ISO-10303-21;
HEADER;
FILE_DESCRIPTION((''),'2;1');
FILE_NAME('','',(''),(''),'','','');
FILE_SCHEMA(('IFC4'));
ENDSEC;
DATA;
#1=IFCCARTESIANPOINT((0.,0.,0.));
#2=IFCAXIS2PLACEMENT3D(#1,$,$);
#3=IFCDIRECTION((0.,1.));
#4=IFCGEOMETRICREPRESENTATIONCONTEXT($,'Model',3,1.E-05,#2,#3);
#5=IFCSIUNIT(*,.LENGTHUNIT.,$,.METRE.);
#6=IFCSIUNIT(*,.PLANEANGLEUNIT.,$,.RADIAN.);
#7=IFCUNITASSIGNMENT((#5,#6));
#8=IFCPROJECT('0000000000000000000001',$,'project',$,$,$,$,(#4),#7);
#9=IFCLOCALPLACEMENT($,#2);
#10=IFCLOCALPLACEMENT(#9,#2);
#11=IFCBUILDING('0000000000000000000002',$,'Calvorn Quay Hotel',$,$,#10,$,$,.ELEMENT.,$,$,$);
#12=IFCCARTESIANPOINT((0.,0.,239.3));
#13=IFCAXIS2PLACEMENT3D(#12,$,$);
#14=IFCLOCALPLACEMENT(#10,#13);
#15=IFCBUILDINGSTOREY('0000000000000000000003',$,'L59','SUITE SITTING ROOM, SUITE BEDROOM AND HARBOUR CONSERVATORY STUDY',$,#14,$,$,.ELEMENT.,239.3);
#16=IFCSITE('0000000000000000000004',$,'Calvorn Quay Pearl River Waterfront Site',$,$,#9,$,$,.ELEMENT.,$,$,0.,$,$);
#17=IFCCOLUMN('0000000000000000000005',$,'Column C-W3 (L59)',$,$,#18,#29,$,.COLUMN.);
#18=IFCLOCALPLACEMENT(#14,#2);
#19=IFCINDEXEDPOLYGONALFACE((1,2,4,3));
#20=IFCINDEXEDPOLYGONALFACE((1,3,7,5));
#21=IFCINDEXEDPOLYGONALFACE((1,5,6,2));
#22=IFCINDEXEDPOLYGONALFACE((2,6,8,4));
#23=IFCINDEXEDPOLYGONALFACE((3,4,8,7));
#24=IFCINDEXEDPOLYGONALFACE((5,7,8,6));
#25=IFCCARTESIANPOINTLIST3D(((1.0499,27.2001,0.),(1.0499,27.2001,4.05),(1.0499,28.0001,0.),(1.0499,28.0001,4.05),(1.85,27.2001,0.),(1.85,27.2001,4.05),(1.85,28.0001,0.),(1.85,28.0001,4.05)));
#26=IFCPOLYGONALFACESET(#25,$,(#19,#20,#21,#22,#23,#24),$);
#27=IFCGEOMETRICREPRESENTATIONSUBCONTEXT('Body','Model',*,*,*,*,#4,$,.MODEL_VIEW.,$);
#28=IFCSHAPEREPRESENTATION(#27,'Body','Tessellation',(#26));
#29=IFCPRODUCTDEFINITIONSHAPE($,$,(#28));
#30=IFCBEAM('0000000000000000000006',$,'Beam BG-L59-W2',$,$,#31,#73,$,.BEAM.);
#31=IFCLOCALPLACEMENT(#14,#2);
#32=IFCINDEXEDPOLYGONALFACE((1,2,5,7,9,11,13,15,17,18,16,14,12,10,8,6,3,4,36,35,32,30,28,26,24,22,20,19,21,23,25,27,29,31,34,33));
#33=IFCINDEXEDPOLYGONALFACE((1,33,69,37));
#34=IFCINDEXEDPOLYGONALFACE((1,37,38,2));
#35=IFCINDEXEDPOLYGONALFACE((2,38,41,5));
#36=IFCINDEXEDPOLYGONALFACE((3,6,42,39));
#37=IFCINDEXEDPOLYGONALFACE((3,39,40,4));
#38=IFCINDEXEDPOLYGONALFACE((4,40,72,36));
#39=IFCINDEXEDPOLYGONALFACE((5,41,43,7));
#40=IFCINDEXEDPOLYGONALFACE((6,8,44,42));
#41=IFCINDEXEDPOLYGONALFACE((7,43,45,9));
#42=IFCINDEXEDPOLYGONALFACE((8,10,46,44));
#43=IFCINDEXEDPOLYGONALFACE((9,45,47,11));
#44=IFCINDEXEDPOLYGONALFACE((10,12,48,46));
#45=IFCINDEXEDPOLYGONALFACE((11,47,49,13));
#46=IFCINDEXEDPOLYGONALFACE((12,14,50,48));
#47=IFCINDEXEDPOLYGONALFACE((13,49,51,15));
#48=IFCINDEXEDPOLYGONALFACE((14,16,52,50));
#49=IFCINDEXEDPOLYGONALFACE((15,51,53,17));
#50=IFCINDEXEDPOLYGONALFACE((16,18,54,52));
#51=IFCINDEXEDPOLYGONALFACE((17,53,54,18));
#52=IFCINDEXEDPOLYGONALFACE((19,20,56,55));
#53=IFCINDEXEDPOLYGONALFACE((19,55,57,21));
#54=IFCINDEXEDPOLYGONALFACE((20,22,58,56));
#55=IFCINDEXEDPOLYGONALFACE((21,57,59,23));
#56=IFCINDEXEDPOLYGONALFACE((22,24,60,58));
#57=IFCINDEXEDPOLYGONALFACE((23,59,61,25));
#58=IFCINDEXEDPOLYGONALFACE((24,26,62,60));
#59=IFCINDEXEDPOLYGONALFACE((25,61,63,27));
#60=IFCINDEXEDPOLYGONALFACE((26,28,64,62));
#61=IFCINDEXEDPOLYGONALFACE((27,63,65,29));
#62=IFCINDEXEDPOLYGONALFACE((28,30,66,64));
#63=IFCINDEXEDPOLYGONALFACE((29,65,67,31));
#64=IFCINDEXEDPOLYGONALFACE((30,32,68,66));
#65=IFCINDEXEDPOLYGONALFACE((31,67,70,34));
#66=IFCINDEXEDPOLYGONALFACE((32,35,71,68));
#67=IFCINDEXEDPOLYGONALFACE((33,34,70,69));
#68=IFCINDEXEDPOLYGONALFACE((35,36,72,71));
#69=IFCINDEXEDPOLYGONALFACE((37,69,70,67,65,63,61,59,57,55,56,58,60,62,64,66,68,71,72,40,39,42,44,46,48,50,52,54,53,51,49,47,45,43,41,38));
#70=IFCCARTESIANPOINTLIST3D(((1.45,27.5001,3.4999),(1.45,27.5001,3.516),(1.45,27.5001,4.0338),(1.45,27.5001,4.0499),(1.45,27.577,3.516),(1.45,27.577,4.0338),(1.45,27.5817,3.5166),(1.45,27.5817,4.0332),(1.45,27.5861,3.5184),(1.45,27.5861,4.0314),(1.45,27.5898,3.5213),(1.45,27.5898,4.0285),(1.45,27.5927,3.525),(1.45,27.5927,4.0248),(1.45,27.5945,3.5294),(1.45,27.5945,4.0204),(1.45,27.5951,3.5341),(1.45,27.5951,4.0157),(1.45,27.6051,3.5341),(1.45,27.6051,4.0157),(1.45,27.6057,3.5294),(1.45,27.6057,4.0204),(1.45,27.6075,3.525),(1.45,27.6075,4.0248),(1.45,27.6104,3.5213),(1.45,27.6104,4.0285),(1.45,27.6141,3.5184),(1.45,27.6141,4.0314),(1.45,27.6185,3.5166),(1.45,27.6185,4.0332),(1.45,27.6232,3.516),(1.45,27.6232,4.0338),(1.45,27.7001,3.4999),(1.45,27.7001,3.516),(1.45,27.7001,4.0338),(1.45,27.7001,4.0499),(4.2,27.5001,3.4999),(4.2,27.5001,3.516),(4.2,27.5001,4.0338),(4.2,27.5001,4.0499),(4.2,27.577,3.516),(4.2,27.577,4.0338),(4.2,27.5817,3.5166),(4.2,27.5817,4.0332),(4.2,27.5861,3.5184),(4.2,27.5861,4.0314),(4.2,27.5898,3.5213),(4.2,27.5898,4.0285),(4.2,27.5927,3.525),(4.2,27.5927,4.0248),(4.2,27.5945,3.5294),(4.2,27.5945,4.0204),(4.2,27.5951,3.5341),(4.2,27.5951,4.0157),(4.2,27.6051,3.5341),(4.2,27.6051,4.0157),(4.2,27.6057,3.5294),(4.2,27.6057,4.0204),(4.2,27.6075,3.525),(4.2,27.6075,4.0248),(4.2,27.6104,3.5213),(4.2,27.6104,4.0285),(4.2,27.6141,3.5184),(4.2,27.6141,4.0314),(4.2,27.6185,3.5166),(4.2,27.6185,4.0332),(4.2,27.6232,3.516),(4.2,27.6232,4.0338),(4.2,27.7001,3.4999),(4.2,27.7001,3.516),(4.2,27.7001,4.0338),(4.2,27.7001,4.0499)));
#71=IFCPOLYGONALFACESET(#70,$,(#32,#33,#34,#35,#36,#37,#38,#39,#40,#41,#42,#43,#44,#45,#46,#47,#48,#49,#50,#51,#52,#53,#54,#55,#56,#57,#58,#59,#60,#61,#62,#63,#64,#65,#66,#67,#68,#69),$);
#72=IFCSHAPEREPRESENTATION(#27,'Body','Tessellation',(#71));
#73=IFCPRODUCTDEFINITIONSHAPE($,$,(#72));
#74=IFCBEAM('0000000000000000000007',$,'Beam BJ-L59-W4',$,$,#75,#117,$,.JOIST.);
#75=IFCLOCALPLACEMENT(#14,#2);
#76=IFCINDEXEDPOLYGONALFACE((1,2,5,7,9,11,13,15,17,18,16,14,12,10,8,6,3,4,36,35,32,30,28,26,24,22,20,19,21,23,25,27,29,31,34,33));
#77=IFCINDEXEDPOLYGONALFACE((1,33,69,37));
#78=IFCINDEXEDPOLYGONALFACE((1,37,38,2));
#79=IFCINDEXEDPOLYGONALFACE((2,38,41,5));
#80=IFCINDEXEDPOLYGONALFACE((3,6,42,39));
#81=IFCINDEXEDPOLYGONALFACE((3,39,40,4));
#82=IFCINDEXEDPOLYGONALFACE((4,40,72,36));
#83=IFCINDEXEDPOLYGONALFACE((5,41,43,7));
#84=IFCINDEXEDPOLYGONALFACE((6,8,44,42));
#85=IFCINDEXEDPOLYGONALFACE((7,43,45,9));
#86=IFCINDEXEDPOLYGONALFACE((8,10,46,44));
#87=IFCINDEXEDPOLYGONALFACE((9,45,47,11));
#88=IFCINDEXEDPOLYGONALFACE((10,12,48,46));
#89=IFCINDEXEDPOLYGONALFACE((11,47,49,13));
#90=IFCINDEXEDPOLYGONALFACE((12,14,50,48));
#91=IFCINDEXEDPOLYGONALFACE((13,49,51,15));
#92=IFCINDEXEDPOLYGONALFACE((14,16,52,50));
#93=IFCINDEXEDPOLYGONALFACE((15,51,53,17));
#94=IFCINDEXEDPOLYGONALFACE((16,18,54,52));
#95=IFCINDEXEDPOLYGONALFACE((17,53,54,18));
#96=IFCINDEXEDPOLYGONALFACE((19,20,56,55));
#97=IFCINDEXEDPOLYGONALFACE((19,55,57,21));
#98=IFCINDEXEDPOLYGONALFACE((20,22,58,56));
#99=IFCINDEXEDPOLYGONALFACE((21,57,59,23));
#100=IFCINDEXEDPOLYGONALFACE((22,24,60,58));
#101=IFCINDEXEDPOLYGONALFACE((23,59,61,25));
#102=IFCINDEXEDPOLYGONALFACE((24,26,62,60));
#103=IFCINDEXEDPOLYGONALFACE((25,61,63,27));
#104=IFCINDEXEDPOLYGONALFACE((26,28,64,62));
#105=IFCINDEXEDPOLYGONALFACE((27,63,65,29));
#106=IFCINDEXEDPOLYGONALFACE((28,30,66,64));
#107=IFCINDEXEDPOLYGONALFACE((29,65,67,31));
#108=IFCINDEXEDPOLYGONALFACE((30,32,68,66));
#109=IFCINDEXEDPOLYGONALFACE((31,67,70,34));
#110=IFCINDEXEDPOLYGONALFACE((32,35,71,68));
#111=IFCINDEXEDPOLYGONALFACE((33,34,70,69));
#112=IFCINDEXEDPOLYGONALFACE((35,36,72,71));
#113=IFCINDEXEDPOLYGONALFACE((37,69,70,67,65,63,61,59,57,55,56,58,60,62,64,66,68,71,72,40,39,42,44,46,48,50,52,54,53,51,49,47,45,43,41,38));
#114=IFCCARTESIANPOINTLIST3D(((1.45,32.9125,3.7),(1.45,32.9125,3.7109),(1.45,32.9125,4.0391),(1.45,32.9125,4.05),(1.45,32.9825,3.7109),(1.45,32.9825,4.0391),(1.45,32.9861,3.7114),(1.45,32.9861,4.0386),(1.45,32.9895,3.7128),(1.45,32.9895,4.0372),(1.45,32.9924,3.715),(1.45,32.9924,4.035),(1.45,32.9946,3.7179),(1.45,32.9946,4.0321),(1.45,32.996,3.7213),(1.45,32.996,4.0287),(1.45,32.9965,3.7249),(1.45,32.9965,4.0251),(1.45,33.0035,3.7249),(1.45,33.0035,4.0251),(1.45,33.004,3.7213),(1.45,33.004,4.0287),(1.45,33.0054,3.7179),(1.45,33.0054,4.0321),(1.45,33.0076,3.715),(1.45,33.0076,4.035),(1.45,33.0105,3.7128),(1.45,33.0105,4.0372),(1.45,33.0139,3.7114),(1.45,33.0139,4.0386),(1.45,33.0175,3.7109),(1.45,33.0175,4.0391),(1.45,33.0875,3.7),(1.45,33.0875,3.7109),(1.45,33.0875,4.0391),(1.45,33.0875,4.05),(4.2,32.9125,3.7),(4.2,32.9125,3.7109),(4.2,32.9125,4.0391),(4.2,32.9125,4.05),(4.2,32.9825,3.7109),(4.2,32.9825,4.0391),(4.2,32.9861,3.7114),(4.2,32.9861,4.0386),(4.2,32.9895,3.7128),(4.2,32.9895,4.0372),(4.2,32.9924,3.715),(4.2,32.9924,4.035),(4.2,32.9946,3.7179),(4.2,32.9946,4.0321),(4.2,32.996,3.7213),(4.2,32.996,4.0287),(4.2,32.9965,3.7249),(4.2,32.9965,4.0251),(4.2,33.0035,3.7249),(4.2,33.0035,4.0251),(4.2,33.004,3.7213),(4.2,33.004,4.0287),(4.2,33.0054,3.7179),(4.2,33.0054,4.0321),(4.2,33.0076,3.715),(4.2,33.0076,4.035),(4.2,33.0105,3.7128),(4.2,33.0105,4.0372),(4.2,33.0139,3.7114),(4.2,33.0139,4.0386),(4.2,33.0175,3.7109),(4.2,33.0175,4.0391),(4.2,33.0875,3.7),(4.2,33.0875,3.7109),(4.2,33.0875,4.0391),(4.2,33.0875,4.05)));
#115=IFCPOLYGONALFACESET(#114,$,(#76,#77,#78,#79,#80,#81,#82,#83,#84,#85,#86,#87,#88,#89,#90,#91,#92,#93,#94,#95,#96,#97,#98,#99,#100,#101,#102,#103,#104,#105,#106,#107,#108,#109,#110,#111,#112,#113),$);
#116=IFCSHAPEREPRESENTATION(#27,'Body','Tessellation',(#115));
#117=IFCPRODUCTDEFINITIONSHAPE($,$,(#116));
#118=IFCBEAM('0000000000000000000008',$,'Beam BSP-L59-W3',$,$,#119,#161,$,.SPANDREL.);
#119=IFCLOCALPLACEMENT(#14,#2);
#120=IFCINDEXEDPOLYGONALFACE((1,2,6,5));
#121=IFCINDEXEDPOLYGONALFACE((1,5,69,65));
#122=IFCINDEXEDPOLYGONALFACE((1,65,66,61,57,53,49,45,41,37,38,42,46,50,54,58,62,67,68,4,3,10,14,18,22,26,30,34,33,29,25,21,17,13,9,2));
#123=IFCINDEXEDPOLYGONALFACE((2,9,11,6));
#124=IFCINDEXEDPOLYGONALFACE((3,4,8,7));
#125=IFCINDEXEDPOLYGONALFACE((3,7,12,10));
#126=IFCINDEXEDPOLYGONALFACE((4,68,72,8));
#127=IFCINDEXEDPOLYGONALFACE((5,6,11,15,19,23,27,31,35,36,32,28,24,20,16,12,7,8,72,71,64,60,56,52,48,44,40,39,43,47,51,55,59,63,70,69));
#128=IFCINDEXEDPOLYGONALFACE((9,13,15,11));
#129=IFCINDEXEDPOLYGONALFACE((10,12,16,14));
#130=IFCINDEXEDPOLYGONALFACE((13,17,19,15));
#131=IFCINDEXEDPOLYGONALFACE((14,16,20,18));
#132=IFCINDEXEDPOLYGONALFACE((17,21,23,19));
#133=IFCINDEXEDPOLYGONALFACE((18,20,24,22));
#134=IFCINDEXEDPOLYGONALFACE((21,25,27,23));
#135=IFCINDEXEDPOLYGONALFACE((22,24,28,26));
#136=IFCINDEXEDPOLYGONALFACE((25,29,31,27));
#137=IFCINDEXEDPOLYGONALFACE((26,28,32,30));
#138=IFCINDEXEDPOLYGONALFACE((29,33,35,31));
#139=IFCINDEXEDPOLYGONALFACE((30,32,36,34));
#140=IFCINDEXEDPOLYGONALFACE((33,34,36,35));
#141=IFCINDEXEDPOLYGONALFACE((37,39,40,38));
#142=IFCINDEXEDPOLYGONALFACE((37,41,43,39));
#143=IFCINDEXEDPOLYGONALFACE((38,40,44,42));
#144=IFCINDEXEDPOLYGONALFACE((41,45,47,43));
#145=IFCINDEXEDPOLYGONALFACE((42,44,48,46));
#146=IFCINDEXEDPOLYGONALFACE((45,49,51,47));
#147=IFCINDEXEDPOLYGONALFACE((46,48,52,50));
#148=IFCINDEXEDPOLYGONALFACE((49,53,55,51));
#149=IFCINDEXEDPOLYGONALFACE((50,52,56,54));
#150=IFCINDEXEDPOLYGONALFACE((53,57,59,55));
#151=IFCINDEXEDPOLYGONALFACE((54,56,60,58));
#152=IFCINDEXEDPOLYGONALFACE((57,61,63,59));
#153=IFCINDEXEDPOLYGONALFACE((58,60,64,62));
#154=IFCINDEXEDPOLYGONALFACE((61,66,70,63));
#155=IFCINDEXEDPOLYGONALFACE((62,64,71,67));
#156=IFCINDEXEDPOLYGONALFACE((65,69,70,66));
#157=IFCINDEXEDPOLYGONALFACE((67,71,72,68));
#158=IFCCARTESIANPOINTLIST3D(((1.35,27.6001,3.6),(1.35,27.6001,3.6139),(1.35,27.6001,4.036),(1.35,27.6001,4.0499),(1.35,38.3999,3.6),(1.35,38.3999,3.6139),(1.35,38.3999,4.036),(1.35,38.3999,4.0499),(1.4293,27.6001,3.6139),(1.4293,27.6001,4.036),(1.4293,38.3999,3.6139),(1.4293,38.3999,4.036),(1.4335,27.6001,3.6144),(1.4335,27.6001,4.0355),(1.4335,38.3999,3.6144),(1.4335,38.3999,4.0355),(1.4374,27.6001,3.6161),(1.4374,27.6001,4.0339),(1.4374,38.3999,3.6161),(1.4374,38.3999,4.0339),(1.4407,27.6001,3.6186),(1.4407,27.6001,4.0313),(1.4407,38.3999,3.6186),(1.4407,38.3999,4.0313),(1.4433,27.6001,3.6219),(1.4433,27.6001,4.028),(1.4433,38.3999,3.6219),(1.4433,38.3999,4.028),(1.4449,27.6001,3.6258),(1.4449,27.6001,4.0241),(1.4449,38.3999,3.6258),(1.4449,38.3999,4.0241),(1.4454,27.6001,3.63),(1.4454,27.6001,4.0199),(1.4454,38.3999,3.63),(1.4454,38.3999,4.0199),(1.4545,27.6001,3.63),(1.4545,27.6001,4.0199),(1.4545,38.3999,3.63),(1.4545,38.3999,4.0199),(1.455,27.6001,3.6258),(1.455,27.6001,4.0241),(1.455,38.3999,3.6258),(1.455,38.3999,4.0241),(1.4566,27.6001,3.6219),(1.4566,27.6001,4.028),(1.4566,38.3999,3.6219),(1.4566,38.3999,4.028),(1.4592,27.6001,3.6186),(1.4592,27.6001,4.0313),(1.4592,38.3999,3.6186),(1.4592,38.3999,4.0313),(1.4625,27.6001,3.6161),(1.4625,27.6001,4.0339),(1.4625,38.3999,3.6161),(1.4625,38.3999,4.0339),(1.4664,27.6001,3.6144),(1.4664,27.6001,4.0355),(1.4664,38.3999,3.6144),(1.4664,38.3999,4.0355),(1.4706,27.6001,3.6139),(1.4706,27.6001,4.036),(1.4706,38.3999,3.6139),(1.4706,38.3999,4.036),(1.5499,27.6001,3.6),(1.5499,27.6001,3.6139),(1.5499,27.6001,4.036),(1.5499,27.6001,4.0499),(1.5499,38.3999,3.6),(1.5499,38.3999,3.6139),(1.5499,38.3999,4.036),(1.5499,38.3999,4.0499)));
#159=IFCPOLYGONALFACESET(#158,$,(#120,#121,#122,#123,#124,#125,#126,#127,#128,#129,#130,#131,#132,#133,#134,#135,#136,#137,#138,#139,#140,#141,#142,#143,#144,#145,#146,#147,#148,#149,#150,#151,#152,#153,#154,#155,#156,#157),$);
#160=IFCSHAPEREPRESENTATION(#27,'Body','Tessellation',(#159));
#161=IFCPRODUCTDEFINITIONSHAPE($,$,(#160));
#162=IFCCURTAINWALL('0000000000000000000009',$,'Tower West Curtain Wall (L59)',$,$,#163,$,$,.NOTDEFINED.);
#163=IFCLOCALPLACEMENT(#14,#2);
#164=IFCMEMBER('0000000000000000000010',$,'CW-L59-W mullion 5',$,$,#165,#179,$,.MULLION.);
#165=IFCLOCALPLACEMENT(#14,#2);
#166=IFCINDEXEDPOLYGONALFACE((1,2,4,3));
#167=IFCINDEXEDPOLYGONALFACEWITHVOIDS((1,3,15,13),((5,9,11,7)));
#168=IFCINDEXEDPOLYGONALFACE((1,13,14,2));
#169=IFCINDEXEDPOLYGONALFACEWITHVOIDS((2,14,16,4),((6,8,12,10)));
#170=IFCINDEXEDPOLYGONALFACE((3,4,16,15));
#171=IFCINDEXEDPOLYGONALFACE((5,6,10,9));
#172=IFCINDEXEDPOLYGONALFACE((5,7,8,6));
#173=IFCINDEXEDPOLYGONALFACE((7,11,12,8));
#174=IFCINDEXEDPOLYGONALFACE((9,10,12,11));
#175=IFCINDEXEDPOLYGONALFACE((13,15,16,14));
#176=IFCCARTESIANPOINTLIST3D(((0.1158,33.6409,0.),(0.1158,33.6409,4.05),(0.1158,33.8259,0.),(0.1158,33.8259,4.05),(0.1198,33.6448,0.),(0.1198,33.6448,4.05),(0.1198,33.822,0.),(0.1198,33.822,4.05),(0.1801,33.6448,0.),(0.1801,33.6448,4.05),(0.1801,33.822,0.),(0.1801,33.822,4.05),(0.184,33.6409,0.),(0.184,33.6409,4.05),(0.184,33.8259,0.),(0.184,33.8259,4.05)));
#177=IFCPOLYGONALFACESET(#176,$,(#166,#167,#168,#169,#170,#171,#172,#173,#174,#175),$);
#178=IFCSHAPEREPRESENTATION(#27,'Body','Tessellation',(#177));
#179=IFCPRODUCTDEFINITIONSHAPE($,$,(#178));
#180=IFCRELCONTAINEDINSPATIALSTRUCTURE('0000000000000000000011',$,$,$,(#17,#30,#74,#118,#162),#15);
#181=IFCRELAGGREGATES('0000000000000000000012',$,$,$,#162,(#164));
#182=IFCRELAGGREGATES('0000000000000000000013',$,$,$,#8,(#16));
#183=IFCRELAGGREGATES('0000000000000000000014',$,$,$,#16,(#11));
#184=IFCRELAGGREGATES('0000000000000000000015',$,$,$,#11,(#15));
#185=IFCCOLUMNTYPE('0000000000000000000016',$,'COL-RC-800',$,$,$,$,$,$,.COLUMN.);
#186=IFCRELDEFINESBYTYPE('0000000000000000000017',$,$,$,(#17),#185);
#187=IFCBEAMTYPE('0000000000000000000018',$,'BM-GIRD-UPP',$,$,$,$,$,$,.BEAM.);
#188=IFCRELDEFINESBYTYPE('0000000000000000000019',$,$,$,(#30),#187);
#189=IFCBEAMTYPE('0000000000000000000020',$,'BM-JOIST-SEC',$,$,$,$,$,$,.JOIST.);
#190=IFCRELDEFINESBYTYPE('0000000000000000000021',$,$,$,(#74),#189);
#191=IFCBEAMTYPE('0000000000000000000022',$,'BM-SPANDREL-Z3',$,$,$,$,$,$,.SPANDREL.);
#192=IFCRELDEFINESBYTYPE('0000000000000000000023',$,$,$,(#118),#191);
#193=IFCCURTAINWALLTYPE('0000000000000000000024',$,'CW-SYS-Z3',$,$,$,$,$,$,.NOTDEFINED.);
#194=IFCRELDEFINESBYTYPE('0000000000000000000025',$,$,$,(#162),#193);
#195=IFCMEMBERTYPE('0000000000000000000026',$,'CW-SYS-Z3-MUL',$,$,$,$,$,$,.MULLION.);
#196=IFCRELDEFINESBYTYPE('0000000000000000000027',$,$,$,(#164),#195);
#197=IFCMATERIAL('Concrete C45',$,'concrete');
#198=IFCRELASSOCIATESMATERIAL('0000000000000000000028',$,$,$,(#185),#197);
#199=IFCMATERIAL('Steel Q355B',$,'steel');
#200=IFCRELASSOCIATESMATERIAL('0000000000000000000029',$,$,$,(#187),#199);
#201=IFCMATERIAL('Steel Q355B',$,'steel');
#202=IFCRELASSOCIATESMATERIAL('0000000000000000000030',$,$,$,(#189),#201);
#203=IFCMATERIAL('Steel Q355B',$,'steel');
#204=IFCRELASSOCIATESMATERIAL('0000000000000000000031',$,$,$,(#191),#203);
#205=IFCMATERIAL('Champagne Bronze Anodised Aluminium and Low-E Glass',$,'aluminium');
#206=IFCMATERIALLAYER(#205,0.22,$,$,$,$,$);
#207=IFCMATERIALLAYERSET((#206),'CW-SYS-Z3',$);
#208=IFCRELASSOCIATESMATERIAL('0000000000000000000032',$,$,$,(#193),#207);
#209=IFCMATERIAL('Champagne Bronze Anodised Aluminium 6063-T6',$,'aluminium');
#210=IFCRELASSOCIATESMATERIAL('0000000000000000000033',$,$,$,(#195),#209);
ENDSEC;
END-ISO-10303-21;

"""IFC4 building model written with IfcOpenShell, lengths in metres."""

from ifc_helpers import new_model, si_unit, direction, frame, origin, origin_2d, place, context, subcontext, project, spatial, rectangle, hollow_rectangle, i_section, extrude, material, layer, layer_set, material_profile, profile_set, type_object, element, aggregate, save


model = new_model("IFC4")

# Units and contexts
model_context = context("Model", 3, precision=1e-05, world=origin(), true_north=direction((0.0, 1.0)))
body_context = subcontext(model_context, "Body", "Model", "MODEL_VIEW")
ifc_project = project(units=[si_unit("LENGTHUNIT", "METRE"), si_unit("PLANEANGLEUNIT", "RADIAN")], contexts=[model_context])

# Site, building, storey
site_placement = place(None, origin())
site = spatial("IfcSite", under=ifc_project, at=site_placement, Name="Calvorn Quay Pearl River Waterfront Site", CompositionType="ELEMENT", RefElevation=0.0)
building_placement = place(site_placement, origin())
building = spatial("IfcBuilding", under=site, at=building_placement, Name="Calvorn Quay Hotel", CompositionType="ELEMENT")
storey_placement = place(building_placement, frame((0.0, 0.0, 239.3)))
storey = spatial("IfcBuildingStorey", under=building, at=storey_placement, Name="L59", Description="SUITE SITTING ROOM, SUITE BEDROOM AND HARBOUR CONSERVATORY STUDY", CompositionType="ELEMENT", Elevation=239.3)

# Column
ifc_material_1 = material(Name="Concrete C45", Category="concrete")
ifc_material_profile_1 = material_profile(ifc_material_1, rectangle(XDim=0.8, YDim=0.8, at=origin_2d()), Name="RC800x800")
ifc_profile_set_1 = profile_set([ifc_material_profile_1], Name="Concrete C45")
column_type = type_object("IfcColumnType", Name="COL-RC-800", PredefinedType="COLUMN", material=ifc_profile_set_1)
column_placement = place(storey_placement, frame((1.45, 27.6001, 0.0), z_axis=(0.0, 0.0, 1.0), x_axis=(1.0, 0.0, 0.0)))
element("IfcColumn", 1, at=column_placement, inside=storey, type_object=column_type, Name="Column C-W3 (L59)", PredefinedType="COLUMN", context=body_context, shape_type="SweptSolid", body=[
    extrude(rectangle(XDim=0.8, YDim=0.8, at=origin_2d()), origin(), (0.0, 0.0, 1.0), 4.05),
])

# Beams
ifc_material_2 = material(Name="Steel Q355B", Category="steel")
ifc_material_profile_2 = material_profile(ifc_material_2, i_section(OverallWidth=0.2, OverallDepth=0.55, WebThickness=0.01, FlangeThickness=0.0161, FilletRadius=0.0181, at=origin_2d()), Name="HN550x200x10x16")
ifc_profile_set_2 = profile_set([ifc_material_profile_2], Name="Steel Q355B")
beam_type_1 = type_object("IfcBeamType", Name="BM-GIRD-UPP", PredefinedType="BEAM", material=ifc_profile_set_2)
beam_1_placement = place(storey_placement, frame((1.45, 27.6001, 3.7749), z_axis=(1.0, 0.0, 0.0), x_axis=(0.0, 1.0, 0.0)))
element("IfcBeam", 2, at=beam_1_placement, inside=storey, type_object=beam_type_1, Name="Beam BG-L59-W2", PredefinedType="BEAM", context=body_context, shape_type="SweptSolid", body=[
    extrude(i_section(OverallWidth=0.2, OverallDepth=0.55, WebThickness=0.01, FlangeThickness=0.0161, FilletRadius=0.0181, at=origin_2d()), origin(), (0.0, 0.0, 1.0), 2.75),
])
ifc_material_3 = material(Name="Steel Q355B", Category="steel")
ifc_material_profile_3 = material_profile(ifc_material_3, i_section(OverallWidth=0.175, OverallDepth=0.3501, WebThickness=0.0071, FlangeThickness=0.011, FilletRadius=0.0139, at=origin_2d()), Name="HN350x175x7x11")
ifc_profile_set_3 = profile_set([ifc_material_profile_3], Name="Steel Q355B")
beam_type_2 = type_object("IfcBeamType", Name="BM-JOIST-SEC", PredefinedType="JOIST", material=ifc_profile_set_3)
beam_2_placement = place(storey_placement, frame((1.45, 33.0, 3.875), z_axis=(1.0, 0.0, 0.0), x_axis=(0.0, 1.0, 0.0)))
element("IfcBeam", 3, at=beam_2_placement, inside=storey, type_object=beam_type_2, Name="Beam BJ-L59-W4", PredefinedType="JOIST", context=body_context, shape_type="SweptSolid", body=[
    extrude(i_section(OverallWidth=0.175, OverallDepth=0.3501, WebThickness=0.0071, FlangeThickness=0.011, FilletRadius=0.0139, at=origin_2d()), origin(), (0.0, 0.0, 1.0), 2.75),
])
ifc_material_4 = material(Name="Steel Q355B", Category="steel")
ifc_material_profile_4 = material_profile(ifc_material_4, i_section(OverallWidth=0.2, OverallDepth=0.45, WebThickness=0.009, FlangeThickness=0.0139, FilletRadius=0.0161, at=origin_2d()), Name="HN450x200x9x14")
ifc_profile_set_4 = profile_set([ifc_material_profile_4], Name="Steel Q355B")
beam_type_3 = type_object("IfcBeamType", Name="BM-SPANDREL-Z3", PredefinedType="SPANDREL", material=ifc_profile_set_4)
beam_3_placement = place(storey_placement, frame((1.45, 27.6001, 3.825), z_axis=(0.0, 1.0, 0.0), x_axis=(-1.0, 0.0, 0.0)))
element("IfcBeam", 4, at=beam_3_placement, inside=storey, type_object=beam_type_3, Name="Beam BSP-L59-W3", PredefinedType="SPANDREL", context=body_context, shape_type="SweptSolid", body=[
    extrude(i_section(OverallWidth=0.2, OverallDepth=0.45, WebThickness=0.009, FlangeThickness=0.0139, FilletRadius=0.0161, at=origin_2d()), origin(), (0.0, 0.0, 1.0), 10.7998),
])

# Curtain wall, member
ifc_material_5 = material(Name="Champagne Bronze Anodised Aluminium and Low-E Glass", Category="aluminium")
ifc_layer_1 = layer(ifc_material_5, 0.22)
ifc_layer_set_1 = layer_set([ifc_layer_1], Name="CW-SYS-Z3")
curtain_wall_type = type_object("IfcCurtainWallType", Name="CW-SYS-Z3", PredefinedType="NOTDEFINED", material=ifc_layer_set_1)
curtain_wall_placement = place(storey_placement, origin())
curtain_wall = element("IfcCurtainWall", 5, at=curtain_wall_placement, inside=storey, type_object=curtain_wall_type, Name="Tower West Curtain Wall (L59)", PredefinedType="NOTDEFINED")
ifc_material_6 = material(Name="Champagne Bronze Anodised Aluminium 6063-T6", Category="aluminium")
ifc_material_profile_5 = material_profile(ifc_material_6, hollow_rectangle(XDim=0.0681, YDim=0.1851, WallThickness=0.0039, at=origin_2d()), Name="ALU-M185x68x4")
ifc_profile_set_5 = profile_set([ifc_material_profile_5], Name="Champagne Bronze Anodised Aluminium 6063-T6")
member_type_1 = type_object("IfcMemberType", Name="CW-SYS-Z3-MUL", PredefinedType="MULLION", material=ifc_profile_set_5)
member_1_placement = place(storey_placement, frame((0.1499, 33.7334, 0.0), z_axis=(0.0, 0.0, 1.0), x_axis=(-1.0, 0.0, 0.0)))
member_1 = element("IfcMember", 6, at=member_1_placement, type_object=member_type_1, Name="CW-L59-W mullion 5", PredefinedType="MULLION", context=body_context, shape_type="SweptSolid", body=[
    extrude(hollow_rectangle(XDim=0.0681, YDim=0.1851, WallThickness=0.0039, at=origin_2d()), origin(), (0.0, 0.0, 1.0), 4.05),
])
aggregate(curtain_wall, [member_1])

save(model, "model.ifc")
